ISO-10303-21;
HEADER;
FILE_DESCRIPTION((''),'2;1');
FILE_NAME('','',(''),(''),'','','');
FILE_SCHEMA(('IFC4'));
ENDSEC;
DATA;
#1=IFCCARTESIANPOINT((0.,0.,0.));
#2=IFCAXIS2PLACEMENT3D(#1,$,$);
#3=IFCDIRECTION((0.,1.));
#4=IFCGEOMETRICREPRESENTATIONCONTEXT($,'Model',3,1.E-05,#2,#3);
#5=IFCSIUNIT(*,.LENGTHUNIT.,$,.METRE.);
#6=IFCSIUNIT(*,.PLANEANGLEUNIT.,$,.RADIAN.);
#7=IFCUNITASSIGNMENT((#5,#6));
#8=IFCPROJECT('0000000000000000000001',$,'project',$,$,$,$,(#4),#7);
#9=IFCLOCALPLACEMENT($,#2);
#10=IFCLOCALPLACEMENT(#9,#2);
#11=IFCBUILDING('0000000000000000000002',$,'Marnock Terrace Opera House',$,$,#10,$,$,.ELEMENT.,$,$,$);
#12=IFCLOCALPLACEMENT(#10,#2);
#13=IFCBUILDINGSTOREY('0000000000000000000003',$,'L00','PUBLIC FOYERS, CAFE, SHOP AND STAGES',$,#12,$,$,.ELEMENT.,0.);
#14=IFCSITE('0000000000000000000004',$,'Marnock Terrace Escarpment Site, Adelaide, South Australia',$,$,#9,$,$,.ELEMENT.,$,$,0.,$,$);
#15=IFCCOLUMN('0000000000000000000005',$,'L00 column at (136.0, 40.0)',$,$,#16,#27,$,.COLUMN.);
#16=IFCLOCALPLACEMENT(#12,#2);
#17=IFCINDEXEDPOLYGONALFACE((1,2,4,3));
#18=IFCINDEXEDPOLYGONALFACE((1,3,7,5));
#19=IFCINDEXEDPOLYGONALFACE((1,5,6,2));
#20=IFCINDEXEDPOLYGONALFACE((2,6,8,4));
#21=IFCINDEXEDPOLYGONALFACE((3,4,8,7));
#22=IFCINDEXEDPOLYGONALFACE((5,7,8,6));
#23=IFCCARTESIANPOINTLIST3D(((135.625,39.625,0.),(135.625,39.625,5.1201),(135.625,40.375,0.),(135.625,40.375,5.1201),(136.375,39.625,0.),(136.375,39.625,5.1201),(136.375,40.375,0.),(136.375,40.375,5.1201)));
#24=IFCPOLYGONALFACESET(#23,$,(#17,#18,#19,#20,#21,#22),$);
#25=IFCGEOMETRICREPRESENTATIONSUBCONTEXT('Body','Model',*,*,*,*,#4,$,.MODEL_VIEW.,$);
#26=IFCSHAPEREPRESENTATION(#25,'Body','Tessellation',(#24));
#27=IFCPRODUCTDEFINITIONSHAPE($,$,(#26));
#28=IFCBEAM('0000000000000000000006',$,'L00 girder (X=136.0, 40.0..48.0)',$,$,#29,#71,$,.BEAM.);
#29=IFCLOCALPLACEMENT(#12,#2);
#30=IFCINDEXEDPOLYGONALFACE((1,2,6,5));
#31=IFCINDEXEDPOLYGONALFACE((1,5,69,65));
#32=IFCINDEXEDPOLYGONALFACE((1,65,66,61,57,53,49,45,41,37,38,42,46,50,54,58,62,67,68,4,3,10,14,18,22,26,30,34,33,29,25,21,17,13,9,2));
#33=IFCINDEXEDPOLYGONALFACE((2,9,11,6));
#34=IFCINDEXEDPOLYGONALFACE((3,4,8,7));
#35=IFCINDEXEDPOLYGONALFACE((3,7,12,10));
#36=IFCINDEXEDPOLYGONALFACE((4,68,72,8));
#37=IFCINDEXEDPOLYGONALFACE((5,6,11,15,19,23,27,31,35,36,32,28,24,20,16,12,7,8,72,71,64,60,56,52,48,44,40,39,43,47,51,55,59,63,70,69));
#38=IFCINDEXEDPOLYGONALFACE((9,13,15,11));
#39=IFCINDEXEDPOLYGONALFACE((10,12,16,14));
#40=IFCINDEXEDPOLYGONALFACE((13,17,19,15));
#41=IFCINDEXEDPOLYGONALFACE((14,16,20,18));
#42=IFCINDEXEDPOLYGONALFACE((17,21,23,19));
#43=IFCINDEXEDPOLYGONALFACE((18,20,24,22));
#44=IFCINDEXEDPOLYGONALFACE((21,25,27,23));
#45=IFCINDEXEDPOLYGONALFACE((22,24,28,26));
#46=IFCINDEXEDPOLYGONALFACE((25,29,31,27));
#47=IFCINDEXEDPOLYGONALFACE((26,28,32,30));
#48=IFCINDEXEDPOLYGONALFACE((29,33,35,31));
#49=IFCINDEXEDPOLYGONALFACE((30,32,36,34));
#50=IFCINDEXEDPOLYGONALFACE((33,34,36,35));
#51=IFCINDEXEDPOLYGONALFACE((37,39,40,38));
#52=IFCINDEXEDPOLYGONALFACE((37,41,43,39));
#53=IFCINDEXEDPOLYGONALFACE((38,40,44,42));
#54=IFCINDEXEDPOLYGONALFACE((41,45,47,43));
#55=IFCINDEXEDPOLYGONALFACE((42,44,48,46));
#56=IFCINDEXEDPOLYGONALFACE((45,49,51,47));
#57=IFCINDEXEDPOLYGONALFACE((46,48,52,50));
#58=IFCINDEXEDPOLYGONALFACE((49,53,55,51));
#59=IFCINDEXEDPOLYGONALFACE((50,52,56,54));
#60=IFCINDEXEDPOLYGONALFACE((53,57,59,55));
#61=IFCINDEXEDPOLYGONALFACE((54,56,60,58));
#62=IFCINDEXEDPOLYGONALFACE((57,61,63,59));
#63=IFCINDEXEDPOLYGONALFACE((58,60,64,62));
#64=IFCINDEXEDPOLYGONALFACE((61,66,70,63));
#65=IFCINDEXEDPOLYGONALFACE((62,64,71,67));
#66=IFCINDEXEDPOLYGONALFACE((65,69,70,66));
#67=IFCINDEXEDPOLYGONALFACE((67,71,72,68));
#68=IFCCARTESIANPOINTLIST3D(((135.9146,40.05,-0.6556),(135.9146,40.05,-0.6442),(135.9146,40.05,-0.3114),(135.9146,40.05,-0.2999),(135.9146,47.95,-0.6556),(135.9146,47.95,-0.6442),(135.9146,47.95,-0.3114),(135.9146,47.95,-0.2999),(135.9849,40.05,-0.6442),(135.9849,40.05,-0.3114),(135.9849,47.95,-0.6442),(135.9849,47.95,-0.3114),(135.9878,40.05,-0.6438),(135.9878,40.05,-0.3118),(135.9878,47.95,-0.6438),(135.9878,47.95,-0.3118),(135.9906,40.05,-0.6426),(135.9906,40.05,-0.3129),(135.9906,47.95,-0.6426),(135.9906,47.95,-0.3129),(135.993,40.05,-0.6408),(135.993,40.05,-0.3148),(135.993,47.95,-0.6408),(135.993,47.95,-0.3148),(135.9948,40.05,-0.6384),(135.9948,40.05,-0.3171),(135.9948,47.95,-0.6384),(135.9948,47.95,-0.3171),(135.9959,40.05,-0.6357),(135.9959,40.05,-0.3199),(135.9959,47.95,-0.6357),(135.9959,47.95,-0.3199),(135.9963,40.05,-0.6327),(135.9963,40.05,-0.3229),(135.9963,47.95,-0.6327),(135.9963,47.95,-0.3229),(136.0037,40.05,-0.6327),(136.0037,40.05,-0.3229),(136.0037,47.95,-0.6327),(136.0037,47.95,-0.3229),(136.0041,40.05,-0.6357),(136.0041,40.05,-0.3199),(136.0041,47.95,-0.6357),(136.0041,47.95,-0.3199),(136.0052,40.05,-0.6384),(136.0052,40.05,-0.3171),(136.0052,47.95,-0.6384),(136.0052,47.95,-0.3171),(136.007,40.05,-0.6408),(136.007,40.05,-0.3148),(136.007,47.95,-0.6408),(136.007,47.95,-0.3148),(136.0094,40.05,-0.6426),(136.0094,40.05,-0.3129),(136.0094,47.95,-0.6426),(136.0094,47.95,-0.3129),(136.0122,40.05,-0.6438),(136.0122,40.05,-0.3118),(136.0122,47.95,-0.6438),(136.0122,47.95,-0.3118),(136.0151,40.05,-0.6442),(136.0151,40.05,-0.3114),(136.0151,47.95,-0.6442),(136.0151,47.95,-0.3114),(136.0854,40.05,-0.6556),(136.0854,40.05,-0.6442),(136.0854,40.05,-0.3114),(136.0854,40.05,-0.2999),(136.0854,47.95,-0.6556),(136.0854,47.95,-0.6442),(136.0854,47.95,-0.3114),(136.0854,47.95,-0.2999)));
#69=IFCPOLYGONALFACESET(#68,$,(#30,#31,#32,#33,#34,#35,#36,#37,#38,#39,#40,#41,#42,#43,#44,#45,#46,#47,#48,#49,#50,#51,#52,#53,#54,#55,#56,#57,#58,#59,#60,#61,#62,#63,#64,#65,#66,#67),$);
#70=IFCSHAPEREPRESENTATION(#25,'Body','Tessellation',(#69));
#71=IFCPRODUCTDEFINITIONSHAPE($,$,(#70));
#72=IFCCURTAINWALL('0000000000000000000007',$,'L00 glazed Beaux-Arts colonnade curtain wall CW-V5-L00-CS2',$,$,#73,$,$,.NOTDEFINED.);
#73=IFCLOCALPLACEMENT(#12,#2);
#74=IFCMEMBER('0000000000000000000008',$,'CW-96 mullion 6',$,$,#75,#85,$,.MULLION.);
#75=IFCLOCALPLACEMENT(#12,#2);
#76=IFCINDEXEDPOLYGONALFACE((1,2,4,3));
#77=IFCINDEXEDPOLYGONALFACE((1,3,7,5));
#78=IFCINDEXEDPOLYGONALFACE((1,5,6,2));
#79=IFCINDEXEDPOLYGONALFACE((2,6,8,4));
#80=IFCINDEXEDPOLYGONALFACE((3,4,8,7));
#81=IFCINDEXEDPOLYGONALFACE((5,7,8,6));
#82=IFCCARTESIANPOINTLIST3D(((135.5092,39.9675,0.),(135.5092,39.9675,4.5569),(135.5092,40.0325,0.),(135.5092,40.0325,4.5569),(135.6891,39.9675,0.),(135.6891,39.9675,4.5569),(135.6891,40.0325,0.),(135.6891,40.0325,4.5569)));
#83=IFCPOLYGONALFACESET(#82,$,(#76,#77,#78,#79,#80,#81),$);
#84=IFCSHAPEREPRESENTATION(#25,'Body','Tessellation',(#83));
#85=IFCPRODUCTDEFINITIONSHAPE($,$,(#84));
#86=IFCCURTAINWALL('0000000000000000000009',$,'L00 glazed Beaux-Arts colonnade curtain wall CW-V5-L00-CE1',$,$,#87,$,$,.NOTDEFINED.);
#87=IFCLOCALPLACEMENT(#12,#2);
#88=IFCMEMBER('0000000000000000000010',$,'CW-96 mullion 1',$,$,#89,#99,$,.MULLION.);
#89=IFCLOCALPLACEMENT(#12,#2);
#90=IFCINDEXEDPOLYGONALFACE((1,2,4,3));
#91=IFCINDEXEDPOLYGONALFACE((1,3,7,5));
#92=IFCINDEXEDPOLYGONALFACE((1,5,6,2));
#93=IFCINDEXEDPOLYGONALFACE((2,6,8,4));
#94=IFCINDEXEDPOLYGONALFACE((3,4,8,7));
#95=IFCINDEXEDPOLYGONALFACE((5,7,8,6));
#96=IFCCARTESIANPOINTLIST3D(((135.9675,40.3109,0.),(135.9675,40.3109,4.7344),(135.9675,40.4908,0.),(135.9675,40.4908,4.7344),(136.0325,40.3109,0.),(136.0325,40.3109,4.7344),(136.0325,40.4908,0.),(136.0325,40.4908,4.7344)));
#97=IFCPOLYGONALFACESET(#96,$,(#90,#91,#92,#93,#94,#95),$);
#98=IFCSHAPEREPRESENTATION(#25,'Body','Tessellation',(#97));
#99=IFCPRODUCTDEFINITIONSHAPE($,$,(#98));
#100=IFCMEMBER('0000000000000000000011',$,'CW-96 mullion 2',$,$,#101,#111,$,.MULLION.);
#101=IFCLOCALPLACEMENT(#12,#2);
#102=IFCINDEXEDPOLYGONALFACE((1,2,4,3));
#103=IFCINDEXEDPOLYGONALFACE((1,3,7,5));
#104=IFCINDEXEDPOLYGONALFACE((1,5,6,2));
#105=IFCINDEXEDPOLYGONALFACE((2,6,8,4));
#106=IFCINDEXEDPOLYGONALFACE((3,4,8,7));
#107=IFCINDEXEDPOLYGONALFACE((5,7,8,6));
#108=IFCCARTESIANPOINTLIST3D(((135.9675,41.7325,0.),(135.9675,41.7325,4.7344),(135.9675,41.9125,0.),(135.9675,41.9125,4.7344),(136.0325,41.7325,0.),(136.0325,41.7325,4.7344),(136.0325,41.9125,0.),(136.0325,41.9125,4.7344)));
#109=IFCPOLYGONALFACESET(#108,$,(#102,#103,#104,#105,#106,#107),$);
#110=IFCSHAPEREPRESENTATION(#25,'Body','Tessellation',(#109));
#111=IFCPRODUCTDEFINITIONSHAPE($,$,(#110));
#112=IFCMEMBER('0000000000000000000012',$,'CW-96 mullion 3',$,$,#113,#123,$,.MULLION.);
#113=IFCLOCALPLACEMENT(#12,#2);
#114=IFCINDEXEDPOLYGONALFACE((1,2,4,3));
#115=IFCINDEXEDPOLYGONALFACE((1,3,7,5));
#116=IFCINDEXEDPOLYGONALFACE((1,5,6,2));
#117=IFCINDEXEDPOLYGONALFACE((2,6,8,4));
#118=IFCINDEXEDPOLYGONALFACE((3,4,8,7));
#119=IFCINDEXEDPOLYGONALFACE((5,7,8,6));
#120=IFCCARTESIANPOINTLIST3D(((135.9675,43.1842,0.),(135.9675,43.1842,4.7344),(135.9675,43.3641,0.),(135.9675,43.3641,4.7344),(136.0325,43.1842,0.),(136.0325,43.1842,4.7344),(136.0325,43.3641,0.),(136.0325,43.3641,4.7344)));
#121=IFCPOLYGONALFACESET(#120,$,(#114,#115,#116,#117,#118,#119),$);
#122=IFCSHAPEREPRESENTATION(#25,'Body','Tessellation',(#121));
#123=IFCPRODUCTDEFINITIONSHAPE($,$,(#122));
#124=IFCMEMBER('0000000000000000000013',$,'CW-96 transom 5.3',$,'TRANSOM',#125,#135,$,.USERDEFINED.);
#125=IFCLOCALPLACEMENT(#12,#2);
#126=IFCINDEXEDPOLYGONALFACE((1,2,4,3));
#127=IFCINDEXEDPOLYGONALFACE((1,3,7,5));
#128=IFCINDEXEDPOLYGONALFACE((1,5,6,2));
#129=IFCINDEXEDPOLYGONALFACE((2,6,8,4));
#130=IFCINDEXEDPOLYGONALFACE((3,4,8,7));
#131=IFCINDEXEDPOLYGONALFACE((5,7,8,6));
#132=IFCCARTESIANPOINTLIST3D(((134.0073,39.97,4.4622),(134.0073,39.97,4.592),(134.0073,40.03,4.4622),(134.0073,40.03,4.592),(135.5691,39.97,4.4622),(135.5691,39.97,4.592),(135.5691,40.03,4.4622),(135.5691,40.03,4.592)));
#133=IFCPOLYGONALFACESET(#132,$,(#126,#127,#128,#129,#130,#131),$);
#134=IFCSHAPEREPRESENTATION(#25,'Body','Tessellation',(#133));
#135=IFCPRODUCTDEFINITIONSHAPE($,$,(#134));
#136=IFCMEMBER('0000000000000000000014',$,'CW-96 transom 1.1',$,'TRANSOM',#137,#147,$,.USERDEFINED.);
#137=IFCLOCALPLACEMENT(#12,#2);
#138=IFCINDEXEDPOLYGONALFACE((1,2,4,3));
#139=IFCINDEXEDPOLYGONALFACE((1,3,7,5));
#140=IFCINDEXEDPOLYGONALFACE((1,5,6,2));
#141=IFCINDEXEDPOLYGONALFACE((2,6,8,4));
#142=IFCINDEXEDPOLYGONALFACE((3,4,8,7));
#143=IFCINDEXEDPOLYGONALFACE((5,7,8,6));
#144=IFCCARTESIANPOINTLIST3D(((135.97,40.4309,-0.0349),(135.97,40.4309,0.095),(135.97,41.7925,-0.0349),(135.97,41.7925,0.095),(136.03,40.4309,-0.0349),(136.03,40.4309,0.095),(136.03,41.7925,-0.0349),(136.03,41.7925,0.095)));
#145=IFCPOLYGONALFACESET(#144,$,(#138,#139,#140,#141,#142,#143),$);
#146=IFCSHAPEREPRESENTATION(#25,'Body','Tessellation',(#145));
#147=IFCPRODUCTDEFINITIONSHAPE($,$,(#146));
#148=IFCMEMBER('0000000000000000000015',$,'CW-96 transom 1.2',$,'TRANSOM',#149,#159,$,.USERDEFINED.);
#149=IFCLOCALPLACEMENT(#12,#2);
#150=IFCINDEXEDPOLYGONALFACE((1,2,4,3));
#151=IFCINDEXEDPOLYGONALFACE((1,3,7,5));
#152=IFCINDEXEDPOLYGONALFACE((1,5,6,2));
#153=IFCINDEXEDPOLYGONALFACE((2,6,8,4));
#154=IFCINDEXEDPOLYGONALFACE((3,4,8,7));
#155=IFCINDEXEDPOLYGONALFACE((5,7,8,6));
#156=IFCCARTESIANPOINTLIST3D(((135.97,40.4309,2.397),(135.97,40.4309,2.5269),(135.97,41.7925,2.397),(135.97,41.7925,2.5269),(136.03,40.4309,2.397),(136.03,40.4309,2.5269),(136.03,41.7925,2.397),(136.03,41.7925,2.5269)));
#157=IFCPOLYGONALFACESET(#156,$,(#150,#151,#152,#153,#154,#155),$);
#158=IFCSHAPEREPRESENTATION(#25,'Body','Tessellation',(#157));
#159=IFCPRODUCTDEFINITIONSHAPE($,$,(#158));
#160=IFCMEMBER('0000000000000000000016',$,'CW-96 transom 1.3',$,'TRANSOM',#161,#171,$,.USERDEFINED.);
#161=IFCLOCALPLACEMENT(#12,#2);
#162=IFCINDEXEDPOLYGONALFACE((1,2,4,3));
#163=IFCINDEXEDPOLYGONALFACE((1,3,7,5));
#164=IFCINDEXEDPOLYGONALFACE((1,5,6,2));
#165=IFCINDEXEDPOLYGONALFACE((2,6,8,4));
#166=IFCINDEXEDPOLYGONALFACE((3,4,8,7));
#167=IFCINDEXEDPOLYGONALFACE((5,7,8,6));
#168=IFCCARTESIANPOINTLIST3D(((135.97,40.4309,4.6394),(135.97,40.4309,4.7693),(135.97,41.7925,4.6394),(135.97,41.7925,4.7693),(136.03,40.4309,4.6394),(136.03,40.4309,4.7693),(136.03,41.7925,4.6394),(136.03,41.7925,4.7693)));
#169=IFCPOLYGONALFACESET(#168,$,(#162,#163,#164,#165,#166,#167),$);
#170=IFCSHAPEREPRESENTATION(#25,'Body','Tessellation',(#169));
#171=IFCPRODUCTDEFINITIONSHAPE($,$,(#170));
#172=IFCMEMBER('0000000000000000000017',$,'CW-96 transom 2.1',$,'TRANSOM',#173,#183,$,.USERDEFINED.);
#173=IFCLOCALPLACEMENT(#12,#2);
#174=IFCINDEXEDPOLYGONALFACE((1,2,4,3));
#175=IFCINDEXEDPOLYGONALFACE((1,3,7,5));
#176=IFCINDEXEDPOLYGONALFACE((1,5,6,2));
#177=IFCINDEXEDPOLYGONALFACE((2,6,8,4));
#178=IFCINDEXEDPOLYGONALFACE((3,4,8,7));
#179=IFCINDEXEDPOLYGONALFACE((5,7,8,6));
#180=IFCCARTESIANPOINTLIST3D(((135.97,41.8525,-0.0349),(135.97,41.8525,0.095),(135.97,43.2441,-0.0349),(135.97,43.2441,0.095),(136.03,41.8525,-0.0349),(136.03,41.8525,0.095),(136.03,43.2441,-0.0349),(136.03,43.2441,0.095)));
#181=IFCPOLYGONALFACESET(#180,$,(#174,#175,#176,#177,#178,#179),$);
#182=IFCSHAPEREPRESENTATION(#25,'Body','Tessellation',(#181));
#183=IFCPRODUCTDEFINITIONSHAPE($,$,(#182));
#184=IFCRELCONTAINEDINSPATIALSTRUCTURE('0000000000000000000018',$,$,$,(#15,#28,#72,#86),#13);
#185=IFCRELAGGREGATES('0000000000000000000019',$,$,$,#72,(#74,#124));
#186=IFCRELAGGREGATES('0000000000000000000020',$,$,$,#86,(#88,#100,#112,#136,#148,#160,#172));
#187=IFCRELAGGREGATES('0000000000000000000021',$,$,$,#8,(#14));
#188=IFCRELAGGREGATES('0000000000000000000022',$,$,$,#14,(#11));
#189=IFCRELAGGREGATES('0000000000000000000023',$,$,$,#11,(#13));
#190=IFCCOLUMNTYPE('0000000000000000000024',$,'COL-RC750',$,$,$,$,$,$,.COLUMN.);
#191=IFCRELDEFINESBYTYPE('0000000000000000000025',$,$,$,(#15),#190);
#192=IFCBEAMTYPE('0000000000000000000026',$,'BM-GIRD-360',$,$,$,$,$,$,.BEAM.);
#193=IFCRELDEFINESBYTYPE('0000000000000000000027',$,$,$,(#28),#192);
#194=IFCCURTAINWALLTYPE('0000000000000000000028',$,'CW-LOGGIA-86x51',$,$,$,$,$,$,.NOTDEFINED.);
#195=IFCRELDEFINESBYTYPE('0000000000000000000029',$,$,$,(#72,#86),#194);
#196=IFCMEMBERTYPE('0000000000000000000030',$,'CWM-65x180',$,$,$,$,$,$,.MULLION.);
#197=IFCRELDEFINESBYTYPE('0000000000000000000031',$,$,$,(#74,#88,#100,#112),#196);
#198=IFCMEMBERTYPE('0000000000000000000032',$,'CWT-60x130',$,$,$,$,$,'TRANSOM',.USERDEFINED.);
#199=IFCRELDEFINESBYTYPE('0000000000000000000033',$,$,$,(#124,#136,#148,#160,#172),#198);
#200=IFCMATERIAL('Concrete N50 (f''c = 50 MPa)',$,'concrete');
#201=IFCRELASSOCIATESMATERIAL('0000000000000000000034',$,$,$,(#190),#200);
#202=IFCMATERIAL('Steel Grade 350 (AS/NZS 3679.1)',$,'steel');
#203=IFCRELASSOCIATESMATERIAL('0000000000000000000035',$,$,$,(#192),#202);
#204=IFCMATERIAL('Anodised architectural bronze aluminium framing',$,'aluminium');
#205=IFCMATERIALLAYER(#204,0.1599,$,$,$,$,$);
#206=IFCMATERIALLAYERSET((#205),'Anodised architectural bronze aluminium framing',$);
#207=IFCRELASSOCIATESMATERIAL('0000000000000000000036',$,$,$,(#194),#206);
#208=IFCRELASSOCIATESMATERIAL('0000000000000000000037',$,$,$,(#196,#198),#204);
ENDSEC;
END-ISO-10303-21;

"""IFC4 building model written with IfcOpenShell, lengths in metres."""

from ifc_helpers import new_model, si_unit, direction, frame, origin, origin_2d, place, context, subcontext, project, spatial, rectangle, i_section, extrude, material, layer, layer_set, material_profile, profile_set, type_object, element, aggregate, save


model = new_model("IFC4")

# Units and contexts
model_context = context("Model", 3, precision=1e-05, world=origin(), true_north=direction((0.0, 1.0)))
body_context = subcontext(model_context, "Body", "Model", "MODEL_VIEW")
ifc_project = project(units=[si_unit("LENGTHUNIT", "METRE"), si_unit("PLANEANGLEUNIT", "RADIAN")], contexts=[model_context])

# Site, building, storey
site_placement = place(None, origin())
site = spatial("IfcSite", under=ifc_project, at=site_placement, Name="Marnock Terrace Escarpment Site, Adelaide, South Australia", CompositionType="ELEMENT", RefElevation=0.0)
building_placement = place(site_placement, origin())
building = spatial("IfcBuilding", under=site, at=building_placement, Name="Marnock Terrace Opera House", CompositionType="ELEMENT")
storey_placement = place(building_placement, origin())
storey = spatial("IfcBuildingStorey", under=building, at=storey_placement, Name="L00", Description="PUBLIC FOYERS, CAFE, SHOP AND STAGES", CompositionType="ELEMENT", Elevation=0.0)

# Column
ifc_material_1 = material(Name="Concrete N50 (f'c = 50 MPa)", Category="concrete")
ifc_material_profile_1 = material_profile(ifc_material_1, rectangle(XDim=0.75, YDim=0.75, at=origin_2d()))
ifc_profile_set_1 = profile_set([ifc_material_profile_1], Name="Concrete N50 (f'c = 50 MPa)")
column_type = type_object("IfcColumnType", Name="COL-RC750", PredefinedType="COLUMN", material=ifc_profile_set_1)
column_placement = place(storey_placement, frame((136.0, 40.0, 0.0), z_axis=(0.0, 0.0, 1.0), x_axis=(1.0, 0.0, 0.0)))
element("IfcColumn", 1, at=column_placement, inside=storey, type_object=column_type, Name="L00 column at (136.0, 40.0)", PredefinedType="COLUMN", context=body_context, shape_type="SweptSolid", body=[
    extrude(rectangle(XDim=0.75, YDim=0.75, at=origin_2d()), origin(), (0.0, 0.0, 1.0), 5.1201),
])

# Beam
ifc_material_2 = material(Name="Steel Grade 350 (AS/NZS 3679.1)", Category="steel")
ifc_material_profile_2 = material_profile(ifc_material_2, i_section(OverallWidth=0.1709, OverallDepth=0.3557, WebThickness=0.0073, FlangeThickness=0.0115, FilletRadius=0.0115, at=origin_2d()))
ifc_profile_set_2 = profile_set([ifc_material_profile_2], Name="Steel Grade 350 (AS/NZS 3679.1)")
beam_type = type_object("IfcBeamType", Name="BM-GIRD-360", PredefinedType="BEAM", material=ifc_profile_set_2)
beam_placement = place(storey_placement, frame((136.0, 40.05, -0.4778), z_axis=(0.0, 1.0, 0.0), x_axis=(-1.0, 0.0, 0.0)))
element("IfcBeam", 2, at=beam_placement, inside=storey, type_object=beam_type, Name="L00 girder (X=136.0, 40.0..48.0)", PredefinedType="BEAM", context=body_context, shape_type="SweptSolid", body=[
    extrude(i_section(OverallWidth=0.1709, OverallDepth=0.3557, WebThickness=0.0073, FlangeThickness=0.0115, FilletRadius=0.0115, at=origin_2d()), origin(), (0.0, 0.0, 1.0), 7.8999),
])

# Curtain wall, member
ifc_material_3 = material(Name="Anodised architectural bronze aluminium framing", Category="aluminium")
ifc_layer_1 = layer(ifc_material_3, 0.1599)
ifc_layer_set_1 = layer_set([ifc_layer_1], Name="Anodised architectural bronze aluminium framing")
curtain_wall_type = type_object("IfcCurtainWallType", Name="CW-LOGGIA-86x51", PredefinedType="NOTDEFINED", material=ifc_layer_set_1)
curtain_wall_1_placement = place(storey_placement, origin())
curtain_wall_1 = element("IfcCurtainWall", 3, at=curtain_wall_1_placement, inside=storey, type_object=curtain_wall_type, Name="L00 glazed Beaux-Arts colonnade curtain wall CW-V5-L00-CS2", PredefinedType="NOTDEFINED")
ifc_material_profile_3 = material_profile(ifc_material_3, rectangle(XDim=0.0649, YDim=0.1799, at=origin_2d()))
ifc_profile_set_3 = profile_set([ifc_material_profile_3], Name="Anodised architectural bronze aluminium framing")
member_type_1 = type_object("IfcMemberType", Name="CWM-65x180", PredefinedType="MULLION", material=ifc_profile_set_3)
member_1_placement = place(storey_placement, frame((135.5991, 40.0, 0.0), z_axis=(0.0, 0.0, 1.0), x_axis=(0.0, 1.0, 0.0)))
member_1 = element("IfcMember", 4, at=member_1_placement, type_object=member_type_1, Name="CW-96 mullion 6", PredefinedType="MULLION", context=body_context, shape_type="SweptSolid", body=[
    extrude(rectangle(XDim=0.0649, YDim=0.1799, at=origin_2d()), origin(), (0.0, 0.0, 1.0), 4.5569),
])

# Curtain wall, members
curtain_wall_2_placement = place(storey_placement, origin())
curtain_wall_2 = element("IfcCurtainWall", 5, at=curtain_wall_2_placement, inside=storey, type_object=curtain_wall_type, Name="L00 glazed Beaux-Arts colonnade curtain wall CW-V5-L00-CE1", PredefinedType="NOTDEFINED")
member_2_placement = place(storey_placement, frame((136.0, 40.4009, 0.0), z_axis=(0.0, 0.0, 1.0), x_axis=(-1.0, 0.0, 0.0)))
member_2 = element("IfcMember", 6, at=member_2_placement, type_object=member_type_1, Name="CW-96 mullion 1", PredefinedType="MULLION", context=body_context, shape_type="SweptSolid", body=[
    extrude(rectangle(XDim=0.0649, YDim=0.1799, at=origin_2d()), origin(), (0.0, 0.0, 1.0), 4.7344),
])
member_3_placement = place(storey_placement, frame((136.0, 41.8225, 0.0), z_axis=(0.0, 0.0, 1.0), x_axis=(-1.0, 0.0, 0.0)))
member_3 = element("IfcMember", 7, at=member_3_placement, type_object=member_type_1, Name="CW-96 mullion 2", PredefinedType="MULLION", context=body_context, shape_type="SweptSolid", body=[
    extrude(rectangle(XDim=0.0649, YDim=0.1799, at=origin_2d()), origin(), (0.0, 0.0, 1.0), 4.7344),
])
member_4_placement = place(storey_placement, frame((136.0, 43.2742, 0.0), z_axis=(0.0, 0.0, 1.0), x_axis=(-1.0, 0.0, 0.0)))
member_4 = element("IfcMember", 8, at=member_4_placement, type_object=member_type_1, Name="CW-96 mullion 3", PredefinedType="MULLION", context=body_context, shape_type="SweptSolid", body=[
    extrude(rectangle(XDim=0.0649, YDim=0.1799, at=origin_2d()), origin(), (0.0, 0.0, 1.0), 4.7344),
])

# Members
ifc_material_profile_4 = material_profile(ifc_material_3, rectangle(XDim=0.0601, YDim=0.1299, at=origin_2d()))
ifc_profile_set_4 = profile_set([ifc_material_profile_4], Name="Anodised architectural bronze aluminium framing")
member_type_2 = type_object("IfcMemberType", Name="CWT-60x130", ElementType="TRANSOM", PredefinedType="USERDEFINED", material=ifc_profile_set_4)
member_5_placement = place(storey_placement, frame((134.0073, 40.0, 4.5271), z_axis=(1.0, 0.0, 0.0), x_axis=(0.0, 1.0, 0.0)))
member_5 = element("IfcMember", 9, at=member_5_placement, type_object=member_type_2, Name="CW-96 transom 5.3", ObjectType="TRANSOM", PredefinedType="USERDEFINED", context=body_context, shape_type="SweptSolid", body=[
    extrude(rectangle(XDim=0.0601, YDim=0.1299, at=origin_2d()), origin(), (0.0, 0.0, 1.0), 1.5618),
])
member_6_placement = place(storey_placement, frame((136.0, 40.4309, 0.03), z_axis=(0.0, 1.0, 0.0), x_axis=(-1.0, 0.0, 0.0)))
member_6 = element("IfcMember", 10, at=member_6_placement, type_object=member_type_2, Name="CW-96 transom 1.1", ObjectType="TRANSOM", PredefinedType="USERDEFINED", context=body_context, shape_type="SweptSolid", body=[
    extrude(rectangle(XDim=0.0601, YDim=0.1299, at=origin_2d()), origin(), (0.0, 0.0, 1.0), 1.3616),
])
member_7_placement = place(storey_placement, frame((136.0, 40.4309, 2.4619), z_axis=(0.0, 1.0, 0.0), x_axis=(-1.0, 0.0, 0.0)))
member_7 = element("IfcMember", 11, at=member_7_placement, type_object=member_type_2, Name="CW-96 transom 1.2", ObjectType="TRANSOM", PredefinedType="USERDEFINED", context=body_context, shape_type="SweptSolid", body=[
    extrude(rectangle(XDim=0.0601, YDim=0.1299, at=origin_2d()), origin(), (0.0, 0.0, 1.0), 1.3616),
])
member_8_placement = place(storey_placement, frame((136.0, 40.4309, 4.7043), z_axis=(0.0, 1.0, 0.0), x_axis=(-1.0, 0.0, 0.0)))
member_8 = element("IfcMember", 12, at=member_8_placement, type_object=member_type_2, Name="CW-96 transom 1.3", ObjectType="TRANSOM", PredefinedType="USERDEFINED", context=body_context, shape_type="SweptSolid", body=[
    extrude(rectangle(XDim=0.0601, YDim=0.1299, at=origin_2d()), origin(), (0.0, 0.0, 1.0), 1.3616),
])
member_9_placement = place(storey_placement, frame((136.0, 41.8525, 0.03), z_axis=(0.0, 1.0, 0.0), x_axis=(-1.0, 0.0, 0.0)))
member_9 = element("IfcMember", 13, at=member_9_placement, type_object=member_type_2, Name="CW-96 transom 2.1", ObjectType="TRANSOM", PredefinedType="USERDEFINED", context=body_context, shape_type="SweptSolid", body=[
    extrude(rectangle(XDim=0.0601, YDim=0.1299, at=origin_2d()), origin(), (0.0, 0.0, 1.0), 1.3916),
])

aggregate(curtain_wall_1, [member_1, member_5])
aggregate(curtain_wall_2, [member_2, member_3, member_4, member_6, member_7, member_8, member_9])

save(model, "model.ifc")
